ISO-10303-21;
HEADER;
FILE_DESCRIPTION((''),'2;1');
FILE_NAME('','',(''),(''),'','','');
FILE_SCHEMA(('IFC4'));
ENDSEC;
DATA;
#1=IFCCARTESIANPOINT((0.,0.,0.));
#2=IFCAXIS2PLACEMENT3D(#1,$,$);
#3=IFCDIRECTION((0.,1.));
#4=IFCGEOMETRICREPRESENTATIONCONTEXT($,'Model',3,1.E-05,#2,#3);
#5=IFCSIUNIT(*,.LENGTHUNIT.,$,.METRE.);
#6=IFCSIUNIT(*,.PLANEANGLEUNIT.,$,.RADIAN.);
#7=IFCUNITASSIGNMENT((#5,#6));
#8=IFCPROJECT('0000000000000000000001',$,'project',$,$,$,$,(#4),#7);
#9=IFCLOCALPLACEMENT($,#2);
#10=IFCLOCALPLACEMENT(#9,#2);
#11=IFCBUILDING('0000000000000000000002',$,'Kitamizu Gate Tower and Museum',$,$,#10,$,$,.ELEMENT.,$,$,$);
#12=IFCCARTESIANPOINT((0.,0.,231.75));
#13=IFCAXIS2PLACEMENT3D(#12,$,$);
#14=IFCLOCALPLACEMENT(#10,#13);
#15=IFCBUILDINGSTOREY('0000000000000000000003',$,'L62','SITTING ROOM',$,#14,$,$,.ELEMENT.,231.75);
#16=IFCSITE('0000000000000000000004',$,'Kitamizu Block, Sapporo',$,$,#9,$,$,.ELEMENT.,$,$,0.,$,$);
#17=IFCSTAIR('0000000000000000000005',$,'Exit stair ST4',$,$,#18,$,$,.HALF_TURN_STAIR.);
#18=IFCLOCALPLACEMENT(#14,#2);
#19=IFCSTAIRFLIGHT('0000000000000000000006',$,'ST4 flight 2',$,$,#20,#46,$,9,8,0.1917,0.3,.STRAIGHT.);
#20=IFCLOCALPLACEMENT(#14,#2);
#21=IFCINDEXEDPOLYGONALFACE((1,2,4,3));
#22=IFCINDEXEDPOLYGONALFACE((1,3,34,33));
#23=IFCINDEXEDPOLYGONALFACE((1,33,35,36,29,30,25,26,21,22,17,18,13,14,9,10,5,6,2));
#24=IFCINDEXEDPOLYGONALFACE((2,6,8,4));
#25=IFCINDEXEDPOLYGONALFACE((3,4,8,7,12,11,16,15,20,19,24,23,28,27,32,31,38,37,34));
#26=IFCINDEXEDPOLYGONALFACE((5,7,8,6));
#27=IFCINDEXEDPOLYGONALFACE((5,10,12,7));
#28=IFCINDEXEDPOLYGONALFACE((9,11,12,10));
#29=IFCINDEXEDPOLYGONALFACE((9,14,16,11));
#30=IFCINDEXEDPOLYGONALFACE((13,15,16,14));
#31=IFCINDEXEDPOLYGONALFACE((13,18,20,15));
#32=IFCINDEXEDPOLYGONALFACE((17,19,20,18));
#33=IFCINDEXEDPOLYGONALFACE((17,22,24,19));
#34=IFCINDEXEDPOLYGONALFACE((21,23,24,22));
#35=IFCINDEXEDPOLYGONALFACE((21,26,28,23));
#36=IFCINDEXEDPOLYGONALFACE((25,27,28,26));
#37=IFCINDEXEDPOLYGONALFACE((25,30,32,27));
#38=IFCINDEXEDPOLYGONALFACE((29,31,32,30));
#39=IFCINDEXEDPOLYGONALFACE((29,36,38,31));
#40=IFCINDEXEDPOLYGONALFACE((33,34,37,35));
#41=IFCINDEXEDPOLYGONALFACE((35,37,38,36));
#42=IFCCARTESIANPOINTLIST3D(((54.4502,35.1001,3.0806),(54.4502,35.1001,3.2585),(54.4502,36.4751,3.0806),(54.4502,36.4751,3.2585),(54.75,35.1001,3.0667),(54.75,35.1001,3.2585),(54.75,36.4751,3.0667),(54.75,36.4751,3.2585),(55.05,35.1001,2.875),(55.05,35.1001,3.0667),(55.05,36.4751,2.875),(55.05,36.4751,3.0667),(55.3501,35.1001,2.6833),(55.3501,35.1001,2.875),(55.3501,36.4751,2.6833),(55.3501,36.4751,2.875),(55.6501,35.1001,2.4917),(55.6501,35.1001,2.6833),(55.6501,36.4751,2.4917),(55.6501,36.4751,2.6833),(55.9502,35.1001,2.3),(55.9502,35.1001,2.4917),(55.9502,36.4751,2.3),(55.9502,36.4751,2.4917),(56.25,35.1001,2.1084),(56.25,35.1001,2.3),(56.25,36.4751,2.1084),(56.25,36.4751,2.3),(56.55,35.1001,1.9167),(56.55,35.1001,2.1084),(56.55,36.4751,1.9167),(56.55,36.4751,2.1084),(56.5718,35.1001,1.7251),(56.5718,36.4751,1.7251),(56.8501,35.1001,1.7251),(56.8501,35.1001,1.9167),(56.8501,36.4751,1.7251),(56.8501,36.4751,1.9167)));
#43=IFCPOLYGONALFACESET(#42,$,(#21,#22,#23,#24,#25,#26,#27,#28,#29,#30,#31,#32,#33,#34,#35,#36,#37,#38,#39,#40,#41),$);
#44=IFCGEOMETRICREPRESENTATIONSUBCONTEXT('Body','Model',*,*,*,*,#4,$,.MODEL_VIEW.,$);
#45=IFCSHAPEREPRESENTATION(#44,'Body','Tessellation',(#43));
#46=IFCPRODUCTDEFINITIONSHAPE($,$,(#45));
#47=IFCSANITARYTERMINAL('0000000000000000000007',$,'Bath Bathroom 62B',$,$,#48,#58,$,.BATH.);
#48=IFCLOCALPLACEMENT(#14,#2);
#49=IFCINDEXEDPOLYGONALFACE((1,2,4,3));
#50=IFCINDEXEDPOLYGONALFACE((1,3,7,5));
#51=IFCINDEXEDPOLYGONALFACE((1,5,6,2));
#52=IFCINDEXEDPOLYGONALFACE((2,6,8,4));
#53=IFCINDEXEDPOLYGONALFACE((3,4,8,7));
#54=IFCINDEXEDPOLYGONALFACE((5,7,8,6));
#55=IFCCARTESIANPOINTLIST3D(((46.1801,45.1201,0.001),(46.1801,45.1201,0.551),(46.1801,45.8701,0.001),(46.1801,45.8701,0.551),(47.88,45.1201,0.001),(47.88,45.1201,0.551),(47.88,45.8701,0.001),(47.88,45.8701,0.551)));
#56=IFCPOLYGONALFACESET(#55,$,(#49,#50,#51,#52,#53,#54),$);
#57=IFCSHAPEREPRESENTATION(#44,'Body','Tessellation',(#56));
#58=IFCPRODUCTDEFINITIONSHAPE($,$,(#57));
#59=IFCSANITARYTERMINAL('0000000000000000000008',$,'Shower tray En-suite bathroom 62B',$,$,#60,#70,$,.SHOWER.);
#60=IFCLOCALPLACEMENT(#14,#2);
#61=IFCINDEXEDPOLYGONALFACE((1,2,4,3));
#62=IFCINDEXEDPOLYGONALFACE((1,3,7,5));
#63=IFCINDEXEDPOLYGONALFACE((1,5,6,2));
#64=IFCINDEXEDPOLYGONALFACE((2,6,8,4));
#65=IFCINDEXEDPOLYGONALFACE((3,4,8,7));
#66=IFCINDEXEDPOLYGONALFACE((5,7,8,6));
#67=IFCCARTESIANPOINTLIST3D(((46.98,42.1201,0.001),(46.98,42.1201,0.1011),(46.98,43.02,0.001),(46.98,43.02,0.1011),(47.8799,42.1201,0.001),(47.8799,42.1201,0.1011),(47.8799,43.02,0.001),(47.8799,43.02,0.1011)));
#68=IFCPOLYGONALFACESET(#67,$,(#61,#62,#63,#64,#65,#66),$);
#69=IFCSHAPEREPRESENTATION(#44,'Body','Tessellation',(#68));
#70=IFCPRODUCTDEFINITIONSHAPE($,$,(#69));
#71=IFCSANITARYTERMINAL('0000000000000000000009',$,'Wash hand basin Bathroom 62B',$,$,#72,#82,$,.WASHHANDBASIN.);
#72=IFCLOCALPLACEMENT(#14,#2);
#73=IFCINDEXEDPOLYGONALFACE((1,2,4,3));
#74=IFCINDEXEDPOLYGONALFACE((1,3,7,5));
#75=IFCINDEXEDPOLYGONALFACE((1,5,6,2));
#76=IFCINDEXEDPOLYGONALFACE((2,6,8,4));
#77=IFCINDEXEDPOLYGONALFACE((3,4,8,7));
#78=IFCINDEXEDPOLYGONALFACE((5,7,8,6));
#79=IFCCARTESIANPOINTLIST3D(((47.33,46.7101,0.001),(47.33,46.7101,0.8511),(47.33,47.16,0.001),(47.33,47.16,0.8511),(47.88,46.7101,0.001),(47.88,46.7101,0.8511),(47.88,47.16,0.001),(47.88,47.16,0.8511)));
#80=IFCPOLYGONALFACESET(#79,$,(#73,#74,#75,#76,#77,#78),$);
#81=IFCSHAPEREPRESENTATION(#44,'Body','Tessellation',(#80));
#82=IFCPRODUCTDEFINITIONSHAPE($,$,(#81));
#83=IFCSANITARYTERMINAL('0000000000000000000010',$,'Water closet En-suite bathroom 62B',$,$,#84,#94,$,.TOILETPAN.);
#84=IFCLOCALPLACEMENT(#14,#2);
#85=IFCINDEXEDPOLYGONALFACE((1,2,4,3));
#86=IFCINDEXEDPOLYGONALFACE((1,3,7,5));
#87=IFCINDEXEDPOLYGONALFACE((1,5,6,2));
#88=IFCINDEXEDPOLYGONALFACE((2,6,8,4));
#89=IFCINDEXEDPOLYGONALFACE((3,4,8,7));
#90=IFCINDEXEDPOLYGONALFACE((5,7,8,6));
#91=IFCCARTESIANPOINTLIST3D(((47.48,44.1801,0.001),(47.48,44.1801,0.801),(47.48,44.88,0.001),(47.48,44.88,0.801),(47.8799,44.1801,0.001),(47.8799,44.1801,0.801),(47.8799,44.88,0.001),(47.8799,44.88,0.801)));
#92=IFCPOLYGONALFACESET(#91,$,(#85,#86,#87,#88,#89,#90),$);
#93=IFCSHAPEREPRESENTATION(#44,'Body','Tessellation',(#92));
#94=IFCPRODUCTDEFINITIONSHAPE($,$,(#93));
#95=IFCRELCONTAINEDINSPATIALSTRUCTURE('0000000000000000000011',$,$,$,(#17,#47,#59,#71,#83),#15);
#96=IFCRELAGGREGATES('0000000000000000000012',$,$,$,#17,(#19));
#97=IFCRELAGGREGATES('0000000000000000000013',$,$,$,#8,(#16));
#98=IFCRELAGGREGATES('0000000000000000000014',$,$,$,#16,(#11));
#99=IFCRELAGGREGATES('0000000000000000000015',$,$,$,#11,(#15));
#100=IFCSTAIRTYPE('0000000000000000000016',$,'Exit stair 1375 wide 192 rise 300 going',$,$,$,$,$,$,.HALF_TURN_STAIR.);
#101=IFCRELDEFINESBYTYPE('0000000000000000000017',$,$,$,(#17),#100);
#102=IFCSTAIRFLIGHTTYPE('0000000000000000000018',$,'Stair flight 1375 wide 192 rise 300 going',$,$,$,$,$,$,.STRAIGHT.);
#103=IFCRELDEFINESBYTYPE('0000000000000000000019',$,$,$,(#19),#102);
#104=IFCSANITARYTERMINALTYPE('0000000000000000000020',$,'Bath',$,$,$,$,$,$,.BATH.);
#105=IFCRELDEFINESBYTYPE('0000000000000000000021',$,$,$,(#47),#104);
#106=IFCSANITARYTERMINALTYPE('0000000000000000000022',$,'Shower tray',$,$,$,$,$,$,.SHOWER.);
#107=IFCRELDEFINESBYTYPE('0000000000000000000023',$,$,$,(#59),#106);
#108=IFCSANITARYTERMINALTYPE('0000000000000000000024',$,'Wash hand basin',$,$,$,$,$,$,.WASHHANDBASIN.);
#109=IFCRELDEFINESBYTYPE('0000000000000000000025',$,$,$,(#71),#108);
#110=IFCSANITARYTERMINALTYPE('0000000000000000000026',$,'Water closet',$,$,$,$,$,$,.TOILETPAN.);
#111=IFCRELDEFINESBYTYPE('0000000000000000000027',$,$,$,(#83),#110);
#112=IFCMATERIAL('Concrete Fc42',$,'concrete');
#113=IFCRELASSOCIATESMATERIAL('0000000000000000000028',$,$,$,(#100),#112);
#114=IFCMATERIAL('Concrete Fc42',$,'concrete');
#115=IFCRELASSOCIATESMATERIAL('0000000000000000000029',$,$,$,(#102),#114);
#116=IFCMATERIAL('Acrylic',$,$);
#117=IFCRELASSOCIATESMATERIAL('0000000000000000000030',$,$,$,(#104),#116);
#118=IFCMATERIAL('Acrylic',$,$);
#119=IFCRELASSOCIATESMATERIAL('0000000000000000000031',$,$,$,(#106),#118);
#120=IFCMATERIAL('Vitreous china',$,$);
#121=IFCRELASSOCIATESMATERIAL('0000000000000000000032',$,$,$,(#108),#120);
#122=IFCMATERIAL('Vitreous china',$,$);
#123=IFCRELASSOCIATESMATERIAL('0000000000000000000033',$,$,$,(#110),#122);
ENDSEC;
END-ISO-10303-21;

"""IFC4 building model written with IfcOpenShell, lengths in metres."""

from ifc_helpers import new_model, si_unit, direction, frame, origin, origin_2d, place, context, subcontext, project, spatial, polyline, rectangle, outline, extrude, material, type_object, element, aggregate, save


model = new_model("IFC4")

# Units and contexts
model_context = context("Model", 3, precision=1e-05, world=origin(), true_north=direction((0.0, 1.0)))
body_context = subcontext(model_context, "Body", "Model", "MODEL_VIEW")
ifc_project = project(units=[si_unit("LENGTHUNIT", "METRE"), si_unit("PLANEANGLEUNIT", "RADIAN")], contexts=[model_context])

# Site, building, storey
site_placement = place(None, origin())
site = spatial("IfcSite", under=ifc_project, at=site_placement, Name="Kitamizu Block, Sapporo", CompositionType="ELEMENT", RefElevation=0.0)
building_placement = place(site_placement, origin())
building = spatial("IfcBuilding", under=site, at=building_placement, Name="Kitamizu Gate Tower and Museum", CompositionType="ELEMENT")
storey_placement = place(building_placement, frame((0.0, 0.0, 231.75)))
storey = spatial("IfcBuildingStorey", under=building, at=storey_placement, Name="L62", Description="SITTING ROOM", CompositionType="ELEMENT", Elevation=231.75)

# Stair, stair flight
ifc_material_1 = material(Name="Concrete Fc42", Category="concrete")
stair_type = type_object("IfcStairType", Name="Exit stair 1375 wide 192 rise 300 going", PredefinedType="HALF_TURN_STAIR", material=ifc_material_1)
stair_placement = place(storey_placement, origin())
stair = element("IfcStair", 1, at=stair_placement, inside=storey, type_object=stair_type, Name="Exit stair ST4", PredefinedType="HALF_TURN_STAIR")
ifc_material_2 = material(Name="Concrete Fc42", Category="concrete")
stair_flight_type = type_object("IfcStairFlightType", Name="Stair flight 1375 wide 192 rise 300 going", PredefinedType="STRAIGHT", material=ifc_material_2)
stair_flight_1_placement = place(storey_placement, frame((56.8501, 35.7876, 1.7251), z_axis=(0.0, 0.0, 1.0), x_axis=(-1.0, 0.0, 0.0)))
stair_flight_1 = element("IfcStairFlight", 2, at=stair_flight_1_placement, type_object=stair_flight_type, Name="ST4 flight 2", NumberOfRisers=9, NumberOfTreads=8, PredefinedType="STRAIGHT", RiserHeight=0.1917, TreadLength=0.3, context=body_context, shape_type="SweptSolid", body=[
    extrude(outline(polyline([(0.0, 0.0), (0.0, 0.1917), (0.3, 0.1917), (0.3, 0.3833), (0.6001, 0.3833), (0.6001, 0.575), (0.8999, 0.575), (0.8999, 0.7666), (1.2, 0.7666), (1.2, 0.9583), (1.5, 0.9583), (1.5, 1.1499), (1.8, 1.1499), (1.8, 1.3416), (2.1001, 1.3416), (2.1001, 1.5334), (2.3999, 1.5334), (2.3999, 1.7251), (2.3999, 1.3555), (0.2783, 0.0), (0.0, 0.0)])), frame((0.0, 0.6875, 0.0), z_axis=(0.0, -1.0, 0.0), x_axis=(1.0, 0.0, 0.0)), (0.0, 0.0, 1.0), 1.375),
])
aggregate(stair, [stair_flight_1])

# Sanitary terminals
ifc_material_3 = material(Name="Acrylic")
sanitary_terminal_type_1 = type_object("IfcSanitaryTerminalType", Name="Bath", PredefinedType="BATH", material=ifc_material_3)
sanitary_terminal_1_placement = place(storey_placement, frame((47.03, 45.4951, 0.001), z_axis=(0.0, 0.0, 1.0), x_axis=(1.0, 0.0, 0.0)))
element("IfcSanitaryTerminal", 3, at=sanitary_terminal_1_placement, inside=storey, type_object=sanitary_terminal_type_1, Name="Bath Bathroom 62B", PredefinedType="BATH", context=body_context, shape_type="SweptSolid", body=[
    extrude(rectangle(XDim=1.7, YDim=0.75, at=origin_2d()), origin(), (0.0, 0.0, 1.0), 0.55),
])
ifc_material_4 = material(Name="Acrylic")
sanitary_terminal_type_2 = type_object("IfcSanitaryTerminalType", Name="Shower tray", PredefinedType="SHOWER", material=ifc_material_4)
sanitary_terminal_2_placement = place(storey_placement, frame((47.4299, 42.5701, 0.001), z_axis=(0.0, 0.0, 1.0), x_axis=(1.0, 0.0, 0.0)))
element("IfcSanitaryTerminal", 4, at=sanitary_terminal_2_placement, inside=storey, type_object=sanitary_terminal_type_2, Name="Shower tray En-suite bathroom 62B", PredefinedType="SHOWER", context=body_context, shape_type="SweptSolid", body=[
    extrude(rectangle(XDim=0.8999, YDim=0.8999, at=origin_2d()), origin(), (0.0, 0.0, 1.0), 0.1001),
])
ifc_material_5 = material(Name="Vitreous china")
sanitary_terminal_type_3 = type_object("IfcSanitaryTerminalType", Name="Wash hand basin", PredefinedType="WASHHANDBASIN", material=ifc_material_5)
sanitary_terminal_3_placement = place(storey_placement, frame((47.605, 46.9351, 0.001), z_axis=(0.0, 0.0, 1.0), x_axis=(1.0, 0.0, 0.0)))
element("IfcSanitaryTerminal", 5, at=sanitary_terminal_3_placement, inside=storey, type_object=sanitary_terminal_type_3, Name="Wash hand basin Bathroom 62B", PredefinedType="WASHHANDBASIN", context=body_context, shape_type="SweptSolid", body=[
    extrude(rectangle(XDim=0.55, YDim=0.45, at=origin_2d()), origin(), (0.0, 0.0, 1.0), 0.8501),
])
ifc_material_6 = material(Name="Vitreous china")
sanitary_terminal_type_4 = type_object("IfcSanitaryTerminalType", Name="Water closet", PredefinedType="TOILETPAN", material=ifc_material_6)
sanitary_terminal_4_placement = place(storey_placement, frame((47.6799, 44.53, 0.001), z_axis=(0.0, 0.0, 1.0), x_axis=(1.0, 0.0, 0.0)))
element("IfcSanitaryTerminal", 6, at=sanitary_terminal_4_placement, inside=storey, type_object=sanitary_terminal_type_4, Name="Water closet En-suite bathroom 62B", PredefinedType="TOILETPAN", context=body_context, shape_type="SweptSolid", body=[
    extrude(rectangle(XDim=0.3999, YDim=0.7, at=origin_2d()), origin(), (0.0, 0.0, 1.0), 0.8),
])

save(model, "model.ifc")
